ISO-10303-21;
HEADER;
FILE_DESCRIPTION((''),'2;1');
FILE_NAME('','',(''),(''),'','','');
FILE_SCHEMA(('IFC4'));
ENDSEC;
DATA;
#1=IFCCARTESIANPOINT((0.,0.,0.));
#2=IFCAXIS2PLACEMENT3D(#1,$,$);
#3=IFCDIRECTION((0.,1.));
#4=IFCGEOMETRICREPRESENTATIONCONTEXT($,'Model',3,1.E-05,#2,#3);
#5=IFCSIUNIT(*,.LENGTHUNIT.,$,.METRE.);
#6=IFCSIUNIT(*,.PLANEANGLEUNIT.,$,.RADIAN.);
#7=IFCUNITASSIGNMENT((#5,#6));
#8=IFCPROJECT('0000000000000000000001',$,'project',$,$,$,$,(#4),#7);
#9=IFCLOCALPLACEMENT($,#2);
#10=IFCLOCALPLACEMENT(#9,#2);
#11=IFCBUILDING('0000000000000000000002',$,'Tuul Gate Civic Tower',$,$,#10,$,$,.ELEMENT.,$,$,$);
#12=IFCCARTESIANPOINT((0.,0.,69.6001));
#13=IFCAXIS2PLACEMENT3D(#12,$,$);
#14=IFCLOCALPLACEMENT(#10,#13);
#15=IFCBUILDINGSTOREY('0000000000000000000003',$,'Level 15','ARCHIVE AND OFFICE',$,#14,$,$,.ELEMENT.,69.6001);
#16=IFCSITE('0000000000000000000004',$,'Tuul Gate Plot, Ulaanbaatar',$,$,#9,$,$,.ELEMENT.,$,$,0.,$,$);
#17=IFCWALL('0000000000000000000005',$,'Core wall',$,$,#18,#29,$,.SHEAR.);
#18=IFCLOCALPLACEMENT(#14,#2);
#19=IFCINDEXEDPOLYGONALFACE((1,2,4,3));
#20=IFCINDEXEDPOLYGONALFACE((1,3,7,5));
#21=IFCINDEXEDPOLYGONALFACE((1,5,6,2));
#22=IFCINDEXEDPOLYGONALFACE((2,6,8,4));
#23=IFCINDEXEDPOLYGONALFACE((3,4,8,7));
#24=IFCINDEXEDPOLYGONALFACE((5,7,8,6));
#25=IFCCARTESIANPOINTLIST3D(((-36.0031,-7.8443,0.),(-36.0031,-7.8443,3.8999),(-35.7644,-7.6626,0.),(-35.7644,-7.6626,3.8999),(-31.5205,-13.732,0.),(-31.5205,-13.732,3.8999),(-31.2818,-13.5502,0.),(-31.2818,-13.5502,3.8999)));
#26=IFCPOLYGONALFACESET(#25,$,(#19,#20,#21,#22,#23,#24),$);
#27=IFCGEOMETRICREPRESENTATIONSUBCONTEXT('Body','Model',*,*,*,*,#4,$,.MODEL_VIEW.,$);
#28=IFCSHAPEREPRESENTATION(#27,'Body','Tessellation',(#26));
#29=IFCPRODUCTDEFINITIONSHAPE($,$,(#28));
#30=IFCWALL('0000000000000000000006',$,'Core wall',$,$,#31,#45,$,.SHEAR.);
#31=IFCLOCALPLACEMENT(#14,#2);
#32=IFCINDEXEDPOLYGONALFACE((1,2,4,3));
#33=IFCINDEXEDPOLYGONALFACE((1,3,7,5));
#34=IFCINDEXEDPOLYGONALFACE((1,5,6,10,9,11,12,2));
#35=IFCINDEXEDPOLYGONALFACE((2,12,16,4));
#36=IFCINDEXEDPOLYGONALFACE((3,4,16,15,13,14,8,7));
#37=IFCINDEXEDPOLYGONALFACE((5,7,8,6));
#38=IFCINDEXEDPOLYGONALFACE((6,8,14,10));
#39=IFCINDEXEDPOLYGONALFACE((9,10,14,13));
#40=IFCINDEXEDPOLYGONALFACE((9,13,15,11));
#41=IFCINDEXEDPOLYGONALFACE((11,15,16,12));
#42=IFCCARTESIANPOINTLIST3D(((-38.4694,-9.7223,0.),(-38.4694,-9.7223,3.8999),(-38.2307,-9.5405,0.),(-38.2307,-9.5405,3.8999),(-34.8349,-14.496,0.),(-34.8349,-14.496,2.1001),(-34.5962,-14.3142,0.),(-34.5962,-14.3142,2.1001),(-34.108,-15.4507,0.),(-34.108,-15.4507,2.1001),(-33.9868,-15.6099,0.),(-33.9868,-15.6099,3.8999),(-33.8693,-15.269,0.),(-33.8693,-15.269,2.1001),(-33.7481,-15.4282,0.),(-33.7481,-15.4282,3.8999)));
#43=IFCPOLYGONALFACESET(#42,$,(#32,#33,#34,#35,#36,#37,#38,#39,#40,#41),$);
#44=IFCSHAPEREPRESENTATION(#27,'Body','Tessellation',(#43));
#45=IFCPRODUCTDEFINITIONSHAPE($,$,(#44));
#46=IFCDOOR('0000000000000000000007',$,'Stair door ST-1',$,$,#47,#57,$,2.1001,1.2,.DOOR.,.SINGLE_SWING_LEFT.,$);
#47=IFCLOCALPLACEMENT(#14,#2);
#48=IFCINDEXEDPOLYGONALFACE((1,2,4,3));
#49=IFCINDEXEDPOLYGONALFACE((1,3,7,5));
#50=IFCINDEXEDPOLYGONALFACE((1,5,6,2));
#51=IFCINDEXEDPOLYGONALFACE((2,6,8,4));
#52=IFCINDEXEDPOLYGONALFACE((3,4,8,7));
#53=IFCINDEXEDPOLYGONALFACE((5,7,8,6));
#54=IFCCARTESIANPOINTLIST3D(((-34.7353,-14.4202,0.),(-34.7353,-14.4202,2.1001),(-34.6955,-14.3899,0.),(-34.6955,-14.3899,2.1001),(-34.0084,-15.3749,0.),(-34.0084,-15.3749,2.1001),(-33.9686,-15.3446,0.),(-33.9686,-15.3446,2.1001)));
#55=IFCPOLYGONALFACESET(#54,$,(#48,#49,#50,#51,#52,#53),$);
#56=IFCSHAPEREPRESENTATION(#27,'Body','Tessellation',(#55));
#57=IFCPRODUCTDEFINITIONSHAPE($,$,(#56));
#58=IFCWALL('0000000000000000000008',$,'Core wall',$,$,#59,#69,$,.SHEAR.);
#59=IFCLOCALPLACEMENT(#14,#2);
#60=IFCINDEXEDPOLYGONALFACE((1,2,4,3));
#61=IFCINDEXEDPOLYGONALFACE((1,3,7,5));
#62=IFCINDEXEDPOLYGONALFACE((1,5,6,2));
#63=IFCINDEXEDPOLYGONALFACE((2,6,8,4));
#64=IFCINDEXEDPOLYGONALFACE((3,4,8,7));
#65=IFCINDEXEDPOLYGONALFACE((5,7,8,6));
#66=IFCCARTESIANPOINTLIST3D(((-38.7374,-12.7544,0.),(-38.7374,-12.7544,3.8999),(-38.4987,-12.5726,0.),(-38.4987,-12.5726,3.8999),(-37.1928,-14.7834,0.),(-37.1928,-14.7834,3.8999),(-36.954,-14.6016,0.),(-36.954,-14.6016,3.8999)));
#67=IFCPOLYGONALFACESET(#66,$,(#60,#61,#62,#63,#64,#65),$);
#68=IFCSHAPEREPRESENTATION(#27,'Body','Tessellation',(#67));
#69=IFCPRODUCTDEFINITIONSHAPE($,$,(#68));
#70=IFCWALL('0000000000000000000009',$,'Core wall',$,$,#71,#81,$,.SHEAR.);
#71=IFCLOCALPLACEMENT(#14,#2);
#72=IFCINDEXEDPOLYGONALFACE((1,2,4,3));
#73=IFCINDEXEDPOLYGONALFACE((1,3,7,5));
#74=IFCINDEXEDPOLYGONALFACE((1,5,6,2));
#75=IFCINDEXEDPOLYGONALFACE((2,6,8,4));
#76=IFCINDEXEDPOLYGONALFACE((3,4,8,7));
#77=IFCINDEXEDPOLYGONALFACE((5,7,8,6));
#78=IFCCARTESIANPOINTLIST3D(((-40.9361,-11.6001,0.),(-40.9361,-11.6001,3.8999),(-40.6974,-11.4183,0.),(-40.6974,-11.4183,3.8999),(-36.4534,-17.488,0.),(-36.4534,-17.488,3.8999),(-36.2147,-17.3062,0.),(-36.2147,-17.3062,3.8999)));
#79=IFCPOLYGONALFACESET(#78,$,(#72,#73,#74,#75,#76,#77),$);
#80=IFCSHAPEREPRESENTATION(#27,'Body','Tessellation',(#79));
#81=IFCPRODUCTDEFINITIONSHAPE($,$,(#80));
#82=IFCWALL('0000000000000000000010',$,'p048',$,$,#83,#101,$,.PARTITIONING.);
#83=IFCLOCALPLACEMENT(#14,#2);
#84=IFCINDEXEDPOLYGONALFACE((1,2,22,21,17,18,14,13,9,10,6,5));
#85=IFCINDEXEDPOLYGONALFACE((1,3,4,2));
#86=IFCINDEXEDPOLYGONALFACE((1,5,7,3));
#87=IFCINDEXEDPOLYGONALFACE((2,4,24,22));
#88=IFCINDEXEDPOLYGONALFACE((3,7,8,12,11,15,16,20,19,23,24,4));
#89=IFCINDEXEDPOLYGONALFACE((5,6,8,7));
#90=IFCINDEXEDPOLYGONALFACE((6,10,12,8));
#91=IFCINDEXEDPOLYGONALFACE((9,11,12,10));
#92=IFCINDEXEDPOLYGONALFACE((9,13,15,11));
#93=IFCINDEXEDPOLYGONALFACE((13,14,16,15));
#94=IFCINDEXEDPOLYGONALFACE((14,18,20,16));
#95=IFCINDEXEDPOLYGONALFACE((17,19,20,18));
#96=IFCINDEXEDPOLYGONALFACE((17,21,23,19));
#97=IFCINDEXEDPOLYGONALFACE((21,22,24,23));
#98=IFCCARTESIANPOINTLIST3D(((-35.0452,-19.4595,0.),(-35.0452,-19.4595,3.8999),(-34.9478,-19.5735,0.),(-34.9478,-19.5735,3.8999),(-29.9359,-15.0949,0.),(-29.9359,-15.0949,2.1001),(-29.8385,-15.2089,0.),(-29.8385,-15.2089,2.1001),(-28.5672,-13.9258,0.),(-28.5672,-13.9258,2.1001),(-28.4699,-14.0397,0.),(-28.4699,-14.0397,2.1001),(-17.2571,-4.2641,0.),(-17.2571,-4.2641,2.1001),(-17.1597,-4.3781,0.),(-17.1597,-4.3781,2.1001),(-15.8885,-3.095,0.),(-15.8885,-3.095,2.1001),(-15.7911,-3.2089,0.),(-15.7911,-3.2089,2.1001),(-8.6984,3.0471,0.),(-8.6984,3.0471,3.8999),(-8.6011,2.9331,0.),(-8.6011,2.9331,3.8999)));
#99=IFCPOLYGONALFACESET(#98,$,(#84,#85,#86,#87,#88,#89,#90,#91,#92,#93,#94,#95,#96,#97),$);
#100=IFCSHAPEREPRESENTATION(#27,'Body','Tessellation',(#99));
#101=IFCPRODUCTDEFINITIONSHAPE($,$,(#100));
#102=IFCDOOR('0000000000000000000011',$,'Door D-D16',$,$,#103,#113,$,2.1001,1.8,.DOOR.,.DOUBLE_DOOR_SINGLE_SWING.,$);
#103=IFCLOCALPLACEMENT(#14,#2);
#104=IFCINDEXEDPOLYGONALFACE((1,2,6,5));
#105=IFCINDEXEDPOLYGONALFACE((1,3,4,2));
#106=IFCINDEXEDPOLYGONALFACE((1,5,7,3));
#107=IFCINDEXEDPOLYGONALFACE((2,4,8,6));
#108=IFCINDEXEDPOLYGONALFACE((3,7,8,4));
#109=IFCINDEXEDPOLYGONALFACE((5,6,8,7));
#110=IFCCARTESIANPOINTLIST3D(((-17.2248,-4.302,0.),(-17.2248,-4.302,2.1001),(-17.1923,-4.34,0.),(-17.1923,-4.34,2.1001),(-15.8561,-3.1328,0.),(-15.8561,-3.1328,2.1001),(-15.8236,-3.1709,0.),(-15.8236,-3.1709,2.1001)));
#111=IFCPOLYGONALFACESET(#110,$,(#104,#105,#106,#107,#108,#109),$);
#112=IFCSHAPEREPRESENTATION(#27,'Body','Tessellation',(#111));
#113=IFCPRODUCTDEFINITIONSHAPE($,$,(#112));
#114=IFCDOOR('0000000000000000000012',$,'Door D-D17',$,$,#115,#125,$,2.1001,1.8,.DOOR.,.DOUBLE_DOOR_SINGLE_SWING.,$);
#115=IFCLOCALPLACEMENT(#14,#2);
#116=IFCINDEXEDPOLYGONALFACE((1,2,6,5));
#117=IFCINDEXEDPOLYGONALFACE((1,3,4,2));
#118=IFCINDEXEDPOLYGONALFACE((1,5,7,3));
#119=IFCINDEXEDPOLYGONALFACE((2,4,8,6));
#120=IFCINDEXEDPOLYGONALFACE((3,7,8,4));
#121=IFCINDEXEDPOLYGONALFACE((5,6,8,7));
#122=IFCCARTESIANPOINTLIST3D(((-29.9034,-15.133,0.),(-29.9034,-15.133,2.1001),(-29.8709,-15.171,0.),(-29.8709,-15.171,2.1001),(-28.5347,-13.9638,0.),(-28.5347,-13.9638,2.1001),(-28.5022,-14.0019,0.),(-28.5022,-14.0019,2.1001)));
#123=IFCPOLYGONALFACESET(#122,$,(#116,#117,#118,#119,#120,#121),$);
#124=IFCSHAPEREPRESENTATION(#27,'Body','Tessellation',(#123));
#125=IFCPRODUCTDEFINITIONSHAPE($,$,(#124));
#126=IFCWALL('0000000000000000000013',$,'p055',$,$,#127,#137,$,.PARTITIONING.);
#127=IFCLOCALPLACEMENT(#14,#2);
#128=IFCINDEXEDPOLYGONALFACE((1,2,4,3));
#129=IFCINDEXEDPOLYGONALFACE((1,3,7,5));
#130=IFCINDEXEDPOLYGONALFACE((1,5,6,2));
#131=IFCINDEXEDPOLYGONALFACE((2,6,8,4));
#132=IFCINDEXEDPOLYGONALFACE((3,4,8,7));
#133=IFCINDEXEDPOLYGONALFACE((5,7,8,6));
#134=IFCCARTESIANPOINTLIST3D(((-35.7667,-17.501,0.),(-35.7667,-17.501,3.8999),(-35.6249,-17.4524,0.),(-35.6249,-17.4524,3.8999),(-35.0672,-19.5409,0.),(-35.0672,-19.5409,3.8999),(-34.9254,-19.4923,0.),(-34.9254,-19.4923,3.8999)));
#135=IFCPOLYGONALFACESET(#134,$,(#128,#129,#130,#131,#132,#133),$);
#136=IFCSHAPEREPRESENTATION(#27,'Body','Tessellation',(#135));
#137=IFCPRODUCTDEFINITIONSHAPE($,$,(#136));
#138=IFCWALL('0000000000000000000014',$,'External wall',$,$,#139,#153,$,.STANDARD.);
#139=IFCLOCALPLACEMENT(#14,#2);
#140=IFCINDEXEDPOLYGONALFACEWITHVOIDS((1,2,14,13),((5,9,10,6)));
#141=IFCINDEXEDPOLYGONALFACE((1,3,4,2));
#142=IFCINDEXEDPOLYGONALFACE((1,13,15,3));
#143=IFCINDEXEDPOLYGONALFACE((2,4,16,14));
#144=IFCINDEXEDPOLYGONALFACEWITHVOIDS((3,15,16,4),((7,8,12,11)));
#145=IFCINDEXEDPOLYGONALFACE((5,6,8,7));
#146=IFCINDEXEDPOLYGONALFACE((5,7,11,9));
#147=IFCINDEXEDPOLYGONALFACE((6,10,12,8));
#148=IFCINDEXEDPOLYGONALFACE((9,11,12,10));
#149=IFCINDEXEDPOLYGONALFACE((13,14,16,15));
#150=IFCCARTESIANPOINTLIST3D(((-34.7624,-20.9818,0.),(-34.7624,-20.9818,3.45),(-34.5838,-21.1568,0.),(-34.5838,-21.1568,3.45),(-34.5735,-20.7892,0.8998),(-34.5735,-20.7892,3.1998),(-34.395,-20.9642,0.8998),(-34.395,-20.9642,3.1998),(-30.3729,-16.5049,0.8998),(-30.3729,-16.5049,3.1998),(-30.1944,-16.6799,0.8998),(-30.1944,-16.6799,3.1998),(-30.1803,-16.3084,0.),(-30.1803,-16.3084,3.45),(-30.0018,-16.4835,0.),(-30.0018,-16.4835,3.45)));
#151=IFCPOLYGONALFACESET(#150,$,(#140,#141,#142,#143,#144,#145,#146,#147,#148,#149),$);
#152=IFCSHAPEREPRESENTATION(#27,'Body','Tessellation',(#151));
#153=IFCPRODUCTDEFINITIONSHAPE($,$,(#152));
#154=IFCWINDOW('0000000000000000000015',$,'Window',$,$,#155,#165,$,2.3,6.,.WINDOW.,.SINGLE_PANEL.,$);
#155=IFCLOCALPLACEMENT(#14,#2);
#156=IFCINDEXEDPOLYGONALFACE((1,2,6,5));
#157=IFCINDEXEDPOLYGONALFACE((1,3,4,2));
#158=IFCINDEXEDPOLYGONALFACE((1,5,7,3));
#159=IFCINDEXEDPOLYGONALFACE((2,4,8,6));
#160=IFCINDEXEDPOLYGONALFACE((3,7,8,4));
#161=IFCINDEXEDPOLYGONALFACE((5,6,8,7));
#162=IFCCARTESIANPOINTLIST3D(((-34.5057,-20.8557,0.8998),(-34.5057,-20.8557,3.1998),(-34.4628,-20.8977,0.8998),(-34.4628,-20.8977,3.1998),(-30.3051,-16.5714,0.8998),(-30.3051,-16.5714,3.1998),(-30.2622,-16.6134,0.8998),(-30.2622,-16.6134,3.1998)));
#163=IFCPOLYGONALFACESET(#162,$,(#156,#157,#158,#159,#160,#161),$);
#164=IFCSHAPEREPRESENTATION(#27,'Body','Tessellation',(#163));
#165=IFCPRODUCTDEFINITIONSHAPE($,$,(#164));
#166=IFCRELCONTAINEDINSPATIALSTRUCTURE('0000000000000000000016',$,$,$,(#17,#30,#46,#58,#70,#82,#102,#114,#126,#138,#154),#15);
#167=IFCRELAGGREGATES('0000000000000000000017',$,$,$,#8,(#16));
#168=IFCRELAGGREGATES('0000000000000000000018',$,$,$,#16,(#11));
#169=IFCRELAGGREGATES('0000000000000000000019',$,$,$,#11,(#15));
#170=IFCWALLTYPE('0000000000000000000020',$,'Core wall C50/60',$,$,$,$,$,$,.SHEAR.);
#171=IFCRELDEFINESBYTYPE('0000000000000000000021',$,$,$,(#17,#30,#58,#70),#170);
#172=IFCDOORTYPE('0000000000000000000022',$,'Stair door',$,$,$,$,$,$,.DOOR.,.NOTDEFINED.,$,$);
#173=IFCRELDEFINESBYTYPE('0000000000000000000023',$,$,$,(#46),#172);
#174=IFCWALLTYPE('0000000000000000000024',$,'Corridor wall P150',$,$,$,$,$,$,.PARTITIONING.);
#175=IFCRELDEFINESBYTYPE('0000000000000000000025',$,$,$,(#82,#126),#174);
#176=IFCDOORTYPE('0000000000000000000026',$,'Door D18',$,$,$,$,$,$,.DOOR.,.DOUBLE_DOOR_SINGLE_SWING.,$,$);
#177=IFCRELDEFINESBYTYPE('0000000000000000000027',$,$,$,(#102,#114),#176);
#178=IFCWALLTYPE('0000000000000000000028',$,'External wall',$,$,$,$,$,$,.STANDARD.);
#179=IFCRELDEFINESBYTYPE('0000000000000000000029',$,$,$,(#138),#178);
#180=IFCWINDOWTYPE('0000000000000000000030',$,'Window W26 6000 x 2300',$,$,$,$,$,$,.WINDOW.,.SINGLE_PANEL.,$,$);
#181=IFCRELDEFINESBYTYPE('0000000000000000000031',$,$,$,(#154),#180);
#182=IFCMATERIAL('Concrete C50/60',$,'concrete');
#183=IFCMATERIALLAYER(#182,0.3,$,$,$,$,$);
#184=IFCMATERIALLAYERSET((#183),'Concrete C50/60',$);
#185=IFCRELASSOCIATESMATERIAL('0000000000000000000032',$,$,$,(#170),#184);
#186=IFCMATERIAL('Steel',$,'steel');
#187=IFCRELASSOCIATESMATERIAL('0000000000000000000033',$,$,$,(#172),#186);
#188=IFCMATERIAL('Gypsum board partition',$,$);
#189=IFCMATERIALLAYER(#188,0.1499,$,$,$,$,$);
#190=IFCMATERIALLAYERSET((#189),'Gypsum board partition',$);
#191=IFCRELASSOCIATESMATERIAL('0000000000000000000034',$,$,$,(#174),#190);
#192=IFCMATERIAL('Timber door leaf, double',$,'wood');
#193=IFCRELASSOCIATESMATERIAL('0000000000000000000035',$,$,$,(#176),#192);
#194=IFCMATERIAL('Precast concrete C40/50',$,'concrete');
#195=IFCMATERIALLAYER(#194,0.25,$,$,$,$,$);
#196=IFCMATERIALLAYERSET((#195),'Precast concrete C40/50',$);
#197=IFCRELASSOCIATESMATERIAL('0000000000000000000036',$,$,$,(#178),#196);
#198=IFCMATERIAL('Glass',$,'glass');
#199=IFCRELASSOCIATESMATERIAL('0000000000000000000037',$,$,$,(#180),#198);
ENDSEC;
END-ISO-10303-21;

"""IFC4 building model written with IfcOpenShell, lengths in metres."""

from ifc_helpers import new_model, si_unit, direction, frame, frame_2d, origin, place, context, subcontext, project, spatial, rectangle, extrude, material, layer, layer_set, type_object, element, fill, save


model = new_model("IFC4")

# Units and contexts
model_context = context("Model", 3, precision=1e-05, world=origin(), true_north=direction((0.0, 1.0)))
body_context = subcontext(model_context, "Body", "Model", "MODEL_VIEW")
ifc_project = project(units=[si_unit("LENGTHUNIT", "METRE"), si_unit("PLANEANGLEUNIT", "RADIAN")], contexts=[model_context])

# Site, building, storey
site_placement = place(None, origin())
site = spatial("IfcSite", under=ifc_project, at=site_placement, Name="Tuul Gate Plot, Ulaanbaatar", CompositionType="ELEMENT", RefElevation=0.0)
building_placement = place(site_placement, origin())
building = spatial("IfcBuilding", under=site, at=building_placement, Name="Tuul Gate Civic Tower", CompositionType="ELEMENT")
storey_placement = place(building_placement, frame((0.0, 0.0, 69.6001)))
storey = spatial("IfcBuildingStorey", under=building, at=storey_placement, Name="Level 15", Description="ARCHIVE AND OFFICE", CompositionType="ELEMENT", Elevation=69.6001)

# Shared definitions
ifc_material_1 = material(Name="Concrete C50/60", Category="concrete")
ifc_layer_1 = layer(ifc_material_1, 0.3)
ifc_layer_set_1 = layer_set([ifc_layer_1], Name="Concrete C50/60")
wall_type_1 = type_object("IfcWallType", Name="Core wall C50/60", PredefinedType="SHEAR", material=ifc_layer_set_1)

# Wall
wall_1_placement = place(storey_placement, frame((-31.4011, -13.6411, 0.0), z_axis=(0.0, 0.0, 1.0), x_axis=(-0.60577, 0.79564, 0.0)))
element("IfcWall", 1, at=wall_1_placement, inside=storey, type_object=wall_type_1, Name="Core wall", PredefinedType="SHEAR", context=body_context, shape_type="SweptSolid", body=[
    extrude(rectangle(XDim=7.3999, YDim=0.3, at=frame_2d((3.7, 0.0))), origin(), (0.0, 0.0, 1.0), 3.8999),
])

# Wall, opening, door
wall_2_placement = place(storey_placement, frame((-33.8674, -15.519, 0.0), z_axis=(0.0, 0.0, 1.0), x_axis=(-0.60577, 0.79564, 0.0)))
wall_2 = element("IfcWall", 2, at=wall_2_placement, inside=storey, type_object=wall_type_1, Name="Core wall", PredefinedType="SHEAR", context=body_context, shape_type="SweptSolid", body=[
    extrude(rectangle(XDim=7.3999, YDim=0.3, at=frame_2d((3.7, 0.0))), origin(), (0.0, 0.0, 1.0), 3.8999),
])
opening_1_placement = place(wall_2_placement, frame((0.2, 0.0, 0.0)))
opening_1 = element("IfcOpeningElement", 3, at=opening_1_placement, cuts=wall_2, PredefinedType="OPENING", context=body_context, shape_type="SweptSolid", body=[
    extrude(rectangle(XDim=1.2, YDim=2.1001, at=frame_2d((0.6001, 1.05))), frame((0.0, 0.1602, 0.0), z_axis=(0.0, -1.0, 0.0), x_axis=(1.0, 0.0, 0.0)), (0.0, 0.0, 1.0), 0.3201),
])
ifc_material_2 = material(Name="Steel", Category="steel")
door_type_1 = type_object("IfcDoorType", Name="Stair door", OperationType="NOTDEFINED", PredefinedType="DOOR", material=ifc_material_2)
door_1_placement = place(opening_1_placement, origin())
door_1 = element("IfcDoor", 4, at=door_1_placement, inside=storey, type_object=door_type_1, Name="Stair door ST-1", OperationType="SINGLE_SWING_LEFT", OverallHeight=2.1001, OverallWidth=1.2, PredefinedType="DOOR", context=body_context, shape_type="SweptSolid", body=[
    extrude(rectangle(XDim=1.2, YDim=2.1001, at=frame_2d((0.6001, 1.05))), frame((0.0, 0.0249, 0.0), z_axis=(0.0, -1.0, 0.0), x_axis=(1.0, 0.0, 0.0)), (0.0, 0.0, 1.0), 0.05),
])
fill(opening_1, door_1)

# Walls
wall_3_placement = place(storey_placement, frame((-37.0735, -14.6924, 0.0), z_axis=(0.0, 0.0, 1.0), x_axis=(-0.605729, 0.795671, 0.0)))
element("IfcWall", 5, at=wall_3_placement, inside=storey, type_object=wall_type_1, Name="Core wall", PredefinedType="SHEAR", context=body_context, shape_type="SweptSolid", body=[
    extrude(rectangle(XDim=2.55, YDim=0.3, at=frame_2d((1.2749, 0.0))), origin(), (0.0, 0.0, 1.0), 3.8999),
])
wall_4_placement = place(storey_placement, frame((-36.334, -17.3972, 0.0), z_axis=(0.0, 0.0, 1.0), x_axis=(-0.605754, 0.795652, 0.0)))
element("IfcWall", 6, at=wall_4_placement, inside=storey, type_object=wall_type_1, Name="Core wall", PredefinedType="SHEAR", context=body_context, shape_type="SweptSolid", body=[
    extrude(rectangle(XDim=7.4001, YDim=0.3, at=frame_2d((3.7002, 0.0))), origin(), (0.0, 0.0, 1.0), 3.8999),
])

# Wall, openings, doors
ifc_material_3 = material(Name="Gypsum board partition")
ifc_layer_2 = layer(ifc_material_3, 0.1499)
ifc_layer_set_2 = layer_set([ifc_layer_2], Name="Gypsum board partition")
wall_type_2 = type_object("IfcWallType", Name="Corridor wall P150", PredefinedType="PARTITIONING", material=ifc_layer_set_2)
wall_5_placement = place(storey_placement, frame((-34.9966, -19.5166, 0.0), z_axis=(0.0, 0.0, 1.0), x_axis=(0.760343, 0.649521, 0.0)))
wall_5 = element("IfcWall", 7, at=wall_5_placement, inside=storey, type_object=wall_type_2, Name="p048", PredefinedType="PARTITIONING", context=body_context, shape_type="SweptSolid", body=[
    extrude(rectangle(XDim=34.6511, YDim=0.1499, at=frame_2d((17.3257, 0.0))), origin(), (0.0, 0.0, 1.0), 3.8999),
])
opening_2_placement = place(wall_5_placement, frame((23.395, 0.0, 0.0)))
opening_2 = element("IfcOpeningElement", 8, at=opening_2_placement, cuts=wall_5, PredefinedType="OPENING", context=body_context, shape_type="SweptSolid", body=[
    extrude(rectangle(XDim=1.8, YDim=2.1001, at=frame_2d((0.8999, 1.05))), frame((0.0, 0.085, 0.0), z_axis=(0.0, -1.0, 0.0), x_axis=(1.0, 0.0, 0.0)), (0.0, 0.0, 1.0), 0.1699),
])
opening_3_placement = place(wall_5_placement, frame((6.72, 0.0, 0.0)))
opening_3 = element("IfcOpeningElement", 9, at=opening_3_placement, cuts=wall_5, PredefinedType="OPENING", context=body_context, shape_type="SweptSolid", body=[
    extrude(rectangle(XDim=1.8, YDim=2.1001, at=frame_2d((0.8999, 1.05))), frame((0.0, 0.085, 0.0), z_axis=(0.0, -1.0, 0.0), x_axis=(1.0, 0.0, 0.0)), (0.0, 0.0, 1.0), 0.1699),
])
ifc_material_4 = material(Name="Timber door leaf, double", Category="wood")
door_type_2 = type_object("IfcDoorType", Name="Door D18", OperationType="DOUBLE_DOOR_SINGLE_SWING", PredefinedType="DOOR", material=ifc_material_4)
door_2_placement = place(opening_2_placement, frame((1.8, 0.0, 0.0), z_axis=(0.0, 0.0, 1.0), x_axis=(-1.0, 0.0, 0.0)))
door_2 = element("IfcDoor", 10, at=door_2_placement, inside=storey, type_object=door_type_2, Name="Door D-D16", OperationType="DOUBLE_DOOR_SINGLE_SWING", OverallHeight=2.1001, OverallWidth=1.8, PredefinedType="DOOR", context=body_context, shape_type="SweptSolid", body=[
    extrude(rectangle(XDim=1.8, YDim=2.1001, at=frame_2d((0.9001, 1.05))), frame((0.0, 0.0249, 0.0), z_axis=(0.0, -1.0, 0.0), x_axis=(1.0, 0.0, 0.0)), (0.0, 0.0, 1.0), 0.05),
])
fill(opening_2, door_2)
door_3_placement = place(opening_3_placement, origin())
door_3 = element("IfcDoor", 11, at=door_3_placement, inside=storey, type_object=door_type_2, Name="Door D-D17", OperationType="DOUBLE_DOOR_SINGLE_SWING", OverallHeight=2.1001, OverallWidth=1.8, PredefinedType="DOOR", context=body_context, shape_type="SweptSolid", body=[
    extrude(rectangle(XDim=1.8, YDim=2.1001, at=frame_2d((0.8999, 1.05))), frame((0.0, 0.0249, 0.0), z_axis=(0.0, -1.0, 0.0), x_axis=(1.0, 0.0, 0.0)), (0.0, 0.0, 1.0), 0.05),
])
fill(opening_3, door_3)

# Wall
wall_6_placement = place(storey_placement, frame((-35.6958, -17.4768, 0.0), z_axis=(0.0, 0.0, 1.0), x_axis=(0.324368, -0.945931, 0.0)))
element("IfcWall", 12, at=wall_6_placement, inside=storey, type_object=wall_type_2, Name="p055", PredefinedType="PARTITIONING", context=body_context, shape_type="SweptSolid", body=[
    extrude(rectangle(XDim=2.1565, YDim=0.1499, at=frame_2d((1.0781, 0.0))), origin(), (0.0, 0.0, 1.0), 3.8999),
])

# Wall, opening, window
ifc_material_5 = material(Name="Precast concrete C40/50", Category="concrete")
ifc_layer_3 = layer(ifc_material_5, 0.25)
ifc_layer_set_3 = layer_set([ifc_layer_3], Name="Precast concrete C40/50")
wall_type_3 = type_object("IfcWallType", Name="External wall", PredefinedType="STANDARD", material=ifc_layer_set_3)
wall_7_placement = place(storey_placement, frame((-34.6731, -21.0693, 0.0), z_axis=(0.0, 0.0, 1.0), x_axis=(0.700097, 0.714048, 0.0)))
wall_7 = element("IfcWall", 13, at=wall_7_placement, inside=storey, type_object=wall_type_3, Name="External wall", PredefinedType="STANDARD", context=body_context, shape_type="SweptSolid", body=[
    extrude(rectangle(XDim=6.5449, YDim=0.25, at=frame_2d((3.2725, 0.0))), origin(), (0.0, 0.0, 1.0), 3.45),
])
opening_4_placement = place(wall_7_placement, frame((0.2698, 0.0, 0.8999)))
opening_4 = element("IfcOpeningElement", 14, at=opening_4_placement, cuts=wall_7, PredefinedType="OPENING", context=body_context, shape_type="SweptSolid", body=[
    extrude(rectangle(XDim=6.0, YDim=2.3, at=frame_2d((3.0, 1.1499))), frame((0.0, 0.135, 0.0), z_axis=(0.0, -1.0, 0.0), x_axis=(1.0, 0.0, 0.0)), (0.0, 0.0, 1.0), 0.27),
])
ifc_material_6 = material(Name="Glass", Category="glass")
window_type = type_object("IfcWindowType", Name="Window W26 6000 x 2300", PartitioningType="SINGLE_PANEL", PredefinedType="WINDOW", material=ifc_material_6)
window_1_placement = place(opening_4_placement, origin())
window_1 = element("IfcWindow", 15, at=window_1_placement, inside=storey, type_object=window_type, Name="Window", OverallHeight=2.3, OverallWidth=6.0, PartitioningType="SINGLE_PANEL", PredefinedType="WINDOW", context=body_context, shape_type="SweptSolid", body=[
    extrude(rectangle(XDim=6.0, YDim=2.3, at=frame_2d((3.0, 1.1499))), frame((0.0, 0.03, 0.0), z_axis=(0.0, -1.0, 0.0), x_axis=(1.0, 0.0, 0.0)), (0.0, 0.0, 1.0), 0.0601),
])
fill(opening_4, window_1)

save(model, "model.ifc")
